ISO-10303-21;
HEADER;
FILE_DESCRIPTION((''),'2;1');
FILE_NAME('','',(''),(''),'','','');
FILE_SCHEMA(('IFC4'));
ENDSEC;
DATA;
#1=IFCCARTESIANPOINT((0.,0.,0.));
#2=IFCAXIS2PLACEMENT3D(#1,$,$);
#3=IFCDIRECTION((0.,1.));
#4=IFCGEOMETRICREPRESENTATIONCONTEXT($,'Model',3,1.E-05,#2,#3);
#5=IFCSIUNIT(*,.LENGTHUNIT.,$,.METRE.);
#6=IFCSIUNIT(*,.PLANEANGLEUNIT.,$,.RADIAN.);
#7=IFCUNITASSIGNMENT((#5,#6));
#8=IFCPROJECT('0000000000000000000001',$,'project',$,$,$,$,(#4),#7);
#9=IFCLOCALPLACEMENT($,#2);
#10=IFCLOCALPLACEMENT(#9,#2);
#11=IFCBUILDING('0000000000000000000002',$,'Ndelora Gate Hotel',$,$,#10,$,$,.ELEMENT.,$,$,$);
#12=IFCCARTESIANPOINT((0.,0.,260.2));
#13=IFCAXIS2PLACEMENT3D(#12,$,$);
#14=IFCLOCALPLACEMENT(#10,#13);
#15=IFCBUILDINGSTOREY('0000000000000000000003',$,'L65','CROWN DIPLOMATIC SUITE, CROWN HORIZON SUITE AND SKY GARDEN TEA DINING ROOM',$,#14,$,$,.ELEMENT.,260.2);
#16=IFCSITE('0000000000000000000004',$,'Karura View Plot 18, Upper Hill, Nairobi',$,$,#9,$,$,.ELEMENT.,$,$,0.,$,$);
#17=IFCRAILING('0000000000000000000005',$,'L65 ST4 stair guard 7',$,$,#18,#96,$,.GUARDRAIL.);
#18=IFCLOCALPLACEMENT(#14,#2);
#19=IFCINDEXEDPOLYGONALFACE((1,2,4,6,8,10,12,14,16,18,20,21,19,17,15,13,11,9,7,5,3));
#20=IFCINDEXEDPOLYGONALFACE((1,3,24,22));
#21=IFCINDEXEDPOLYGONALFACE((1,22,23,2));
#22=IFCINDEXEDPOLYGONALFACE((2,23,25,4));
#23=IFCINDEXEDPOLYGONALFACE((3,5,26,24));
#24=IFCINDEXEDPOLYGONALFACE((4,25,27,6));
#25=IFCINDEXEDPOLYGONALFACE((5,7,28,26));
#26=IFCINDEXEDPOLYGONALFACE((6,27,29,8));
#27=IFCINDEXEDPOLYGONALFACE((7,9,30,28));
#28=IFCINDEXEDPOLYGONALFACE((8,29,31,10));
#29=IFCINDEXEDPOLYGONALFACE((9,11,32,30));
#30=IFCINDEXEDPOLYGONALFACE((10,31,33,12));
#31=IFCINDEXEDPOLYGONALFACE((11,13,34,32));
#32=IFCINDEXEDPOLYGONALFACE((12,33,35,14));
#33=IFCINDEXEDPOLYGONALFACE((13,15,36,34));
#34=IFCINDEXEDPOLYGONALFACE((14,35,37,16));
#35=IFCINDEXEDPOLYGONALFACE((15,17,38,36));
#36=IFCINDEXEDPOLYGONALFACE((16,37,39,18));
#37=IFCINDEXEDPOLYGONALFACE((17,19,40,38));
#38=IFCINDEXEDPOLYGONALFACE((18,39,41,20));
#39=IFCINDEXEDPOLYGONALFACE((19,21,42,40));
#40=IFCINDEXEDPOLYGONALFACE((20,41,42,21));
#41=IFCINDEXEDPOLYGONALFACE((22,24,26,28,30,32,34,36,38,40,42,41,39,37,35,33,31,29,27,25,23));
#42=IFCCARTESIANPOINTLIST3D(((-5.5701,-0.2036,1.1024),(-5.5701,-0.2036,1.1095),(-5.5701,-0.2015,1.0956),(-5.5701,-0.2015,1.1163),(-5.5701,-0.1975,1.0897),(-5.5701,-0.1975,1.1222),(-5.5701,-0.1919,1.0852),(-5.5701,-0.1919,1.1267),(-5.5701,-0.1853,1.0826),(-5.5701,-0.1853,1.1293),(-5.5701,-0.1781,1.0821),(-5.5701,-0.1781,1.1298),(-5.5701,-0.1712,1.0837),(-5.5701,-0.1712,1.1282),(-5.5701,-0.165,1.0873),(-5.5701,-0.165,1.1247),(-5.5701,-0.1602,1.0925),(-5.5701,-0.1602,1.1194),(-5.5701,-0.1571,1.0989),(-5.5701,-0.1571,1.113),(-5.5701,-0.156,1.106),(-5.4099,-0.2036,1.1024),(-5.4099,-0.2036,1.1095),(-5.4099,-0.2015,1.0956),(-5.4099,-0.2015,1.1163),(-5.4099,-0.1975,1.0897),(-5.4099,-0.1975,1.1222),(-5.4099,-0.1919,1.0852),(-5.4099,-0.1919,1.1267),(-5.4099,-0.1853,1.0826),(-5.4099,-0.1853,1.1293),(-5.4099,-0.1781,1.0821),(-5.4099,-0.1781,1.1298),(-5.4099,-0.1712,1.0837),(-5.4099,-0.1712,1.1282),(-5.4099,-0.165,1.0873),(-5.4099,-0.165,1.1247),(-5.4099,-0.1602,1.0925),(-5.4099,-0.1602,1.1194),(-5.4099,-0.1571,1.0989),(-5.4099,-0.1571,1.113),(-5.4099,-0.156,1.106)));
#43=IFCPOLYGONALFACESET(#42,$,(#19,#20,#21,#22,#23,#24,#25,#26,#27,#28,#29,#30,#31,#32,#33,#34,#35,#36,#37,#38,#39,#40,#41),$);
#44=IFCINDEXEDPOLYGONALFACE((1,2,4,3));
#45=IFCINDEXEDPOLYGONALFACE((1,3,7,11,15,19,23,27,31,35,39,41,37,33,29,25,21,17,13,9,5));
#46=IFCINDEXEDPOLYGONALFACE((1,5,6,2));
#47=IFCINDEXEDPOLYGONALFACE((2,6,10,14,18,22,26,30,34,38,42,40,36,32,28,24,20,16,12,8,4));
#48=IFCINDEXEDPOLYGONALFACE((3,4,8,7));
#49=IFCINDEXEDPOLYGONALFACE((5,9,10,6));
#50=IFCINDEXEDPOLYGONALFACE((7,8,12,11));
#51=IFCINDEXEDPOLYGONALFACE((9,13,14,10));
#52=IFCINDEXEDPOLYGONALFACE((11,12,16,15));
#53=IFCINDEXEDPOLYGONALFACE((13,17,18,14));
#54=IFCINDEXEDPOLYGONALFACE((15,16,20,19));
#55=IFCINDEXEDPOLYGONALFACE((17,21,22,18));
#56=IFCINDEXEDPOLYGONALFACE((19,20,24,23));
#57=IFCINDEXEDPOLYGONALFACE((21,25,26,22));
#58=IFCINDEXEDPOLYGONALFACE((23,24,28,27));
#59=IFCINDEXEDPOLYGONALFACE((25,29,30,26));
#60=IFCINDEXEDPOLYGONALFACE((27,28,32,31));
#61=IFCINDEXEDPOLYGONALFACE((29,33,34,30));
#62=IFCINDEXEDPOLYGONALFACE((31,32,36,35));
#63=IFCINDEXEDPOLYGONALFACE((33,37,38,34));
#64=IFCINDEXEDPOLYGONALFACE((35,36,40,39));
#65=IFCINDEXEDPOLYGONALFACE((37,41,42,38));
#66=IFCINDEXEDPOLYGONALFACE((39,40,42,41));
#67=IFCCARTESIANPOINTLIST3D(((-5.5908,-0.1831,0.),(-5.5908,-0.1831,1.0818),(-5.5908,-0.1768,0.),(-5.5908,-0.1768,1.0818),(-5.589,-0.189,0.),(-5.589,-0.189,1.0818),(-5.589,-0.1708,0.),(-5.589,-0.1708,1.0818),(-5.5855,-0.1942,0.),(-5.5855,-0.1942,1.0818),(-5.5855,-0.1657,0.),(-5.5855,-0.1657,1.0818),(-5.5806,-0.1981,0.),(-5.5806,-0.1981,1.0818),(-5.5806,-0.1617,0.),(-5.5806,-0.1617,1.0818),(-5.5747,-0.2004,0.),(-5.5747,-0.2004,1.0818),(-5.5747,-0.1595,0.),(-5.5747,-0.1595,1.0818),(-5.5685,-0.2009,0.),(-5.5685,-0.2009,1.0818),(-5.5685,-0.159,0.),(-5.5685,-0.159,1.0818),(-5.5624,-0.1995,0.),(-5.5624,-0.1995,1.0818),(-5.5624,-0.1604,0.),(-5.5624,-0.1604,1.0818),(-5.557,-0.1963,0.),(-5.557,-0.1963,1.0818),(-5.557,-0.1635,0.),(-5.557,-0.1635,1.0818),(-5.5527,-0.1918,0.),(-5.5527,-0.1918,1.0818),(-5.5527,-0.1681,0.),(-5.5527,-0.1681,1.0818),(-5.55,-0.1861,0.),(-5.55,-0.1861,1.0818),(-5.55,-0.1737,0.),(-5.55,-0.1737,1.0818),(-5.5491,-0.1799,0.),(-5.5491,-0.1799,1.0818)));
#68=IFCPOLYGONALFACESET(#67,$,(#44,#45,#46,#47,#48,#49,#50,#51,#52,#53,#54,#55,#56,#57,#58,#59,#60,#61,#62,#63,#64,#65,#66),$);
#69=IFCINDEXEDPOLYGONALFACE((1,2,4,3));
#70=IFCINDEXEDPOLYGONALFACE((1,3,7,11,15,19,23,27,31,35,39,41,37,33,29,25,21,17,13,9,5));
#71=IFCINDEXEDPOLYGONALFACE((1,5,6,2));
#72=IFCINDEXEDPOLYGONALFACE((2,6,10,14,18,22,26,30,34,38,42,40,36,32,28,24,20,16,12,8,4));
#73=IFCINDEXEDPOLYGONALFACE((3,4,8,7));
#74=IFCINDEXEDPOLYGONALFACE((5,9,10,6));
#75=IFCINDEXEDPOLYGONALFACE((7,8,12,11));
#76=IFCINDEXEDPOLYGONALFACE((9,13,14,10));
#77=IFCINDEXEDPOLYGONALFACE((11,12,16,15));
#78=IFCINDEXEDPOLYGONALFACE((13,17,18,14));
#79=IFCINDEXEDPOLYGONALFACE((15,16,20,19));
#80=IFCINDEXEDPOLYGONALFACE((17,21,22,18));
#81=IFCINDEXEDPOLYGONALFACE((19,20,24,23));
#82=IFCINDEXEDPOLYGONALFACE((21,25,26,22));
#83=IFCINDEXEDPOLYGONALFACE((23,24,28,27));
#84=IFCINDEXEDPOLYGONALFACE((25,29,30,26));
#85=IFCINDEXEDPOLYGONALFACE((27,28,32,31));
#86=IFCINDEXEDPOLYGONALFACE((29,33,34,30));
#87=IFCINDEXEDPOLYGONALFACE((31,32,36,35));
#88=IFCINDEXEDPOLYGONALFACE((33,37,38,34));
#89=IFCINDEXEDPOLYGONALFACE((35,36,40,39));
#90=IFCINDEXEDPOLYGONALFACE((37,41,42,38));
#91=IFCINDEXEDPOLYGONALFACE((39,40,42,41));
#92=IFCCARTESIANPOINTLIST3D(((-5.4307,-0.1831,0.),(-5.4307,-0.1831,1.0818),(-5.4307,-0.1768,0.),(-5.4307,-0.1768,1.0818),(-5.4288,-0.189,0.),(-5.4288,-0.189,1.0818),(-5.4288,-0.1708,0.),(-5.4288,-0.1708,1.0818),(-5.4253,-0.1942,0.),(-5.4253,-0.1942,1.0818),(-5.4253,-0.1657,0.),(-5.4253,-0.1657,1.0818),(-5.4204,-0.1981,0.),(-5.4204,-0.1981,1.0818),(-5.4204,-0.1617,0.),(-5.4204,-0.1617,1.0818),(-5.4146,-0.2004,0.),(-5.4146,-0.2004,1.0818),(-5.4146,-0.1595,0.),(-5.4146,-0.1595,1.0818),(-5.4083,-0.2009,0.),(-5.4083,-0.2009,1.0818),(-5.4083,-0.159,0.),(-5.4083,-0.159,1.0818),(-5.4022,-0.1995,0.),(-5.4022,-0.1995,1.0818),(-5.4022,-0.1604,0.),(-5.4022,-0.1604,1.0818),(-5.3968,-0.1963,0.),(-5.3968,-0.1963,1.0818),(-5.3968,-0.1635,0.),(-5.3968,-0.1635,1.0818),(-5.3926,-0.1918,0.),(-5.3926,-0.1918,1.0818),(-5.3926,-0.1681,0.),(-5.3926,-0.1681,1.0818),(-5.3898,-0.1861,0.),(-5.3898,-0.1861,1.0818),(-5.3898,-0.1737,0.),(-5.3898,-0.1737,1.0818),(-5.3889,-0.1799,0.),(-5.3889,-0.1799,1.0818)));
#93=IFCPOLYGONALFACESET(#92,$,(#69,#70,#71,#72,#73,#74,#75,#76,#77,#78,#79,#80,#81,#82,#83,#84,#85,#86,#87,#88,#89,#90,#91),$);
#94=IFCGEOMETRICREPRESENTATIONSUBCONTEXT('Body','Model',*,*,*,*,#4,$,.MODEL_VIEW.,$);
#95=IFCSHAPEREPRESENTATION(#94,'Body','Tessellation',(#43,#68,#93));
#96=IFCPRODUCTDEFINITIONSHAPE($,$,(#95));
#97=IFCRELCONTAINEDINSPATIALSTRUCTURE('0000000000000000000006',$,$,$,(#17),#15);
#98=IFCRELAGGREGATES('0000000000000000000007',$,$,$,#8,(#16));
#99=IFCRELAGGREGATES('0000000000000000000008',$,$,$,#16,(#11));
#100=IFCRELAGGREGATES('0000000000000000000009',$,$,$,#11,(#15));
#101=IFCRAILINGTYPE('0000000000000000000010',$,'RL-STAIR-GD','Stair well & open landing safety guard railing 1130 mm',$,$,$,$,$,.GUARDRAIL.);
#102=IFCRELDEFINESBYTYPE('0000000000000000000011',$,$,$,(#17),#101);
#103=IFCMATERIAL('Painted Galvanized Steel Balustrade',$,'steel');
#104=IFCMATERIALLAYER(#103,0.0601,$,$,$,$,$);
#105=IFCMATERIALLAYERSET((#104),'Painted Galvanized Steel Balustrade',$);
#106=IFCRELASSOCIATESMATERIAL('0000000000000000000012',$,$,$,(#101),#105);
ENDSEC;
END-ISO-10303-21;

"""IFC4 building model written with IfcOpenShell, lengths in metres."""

from ifc_helpers import new_model, si_unit, direction, frame, origin, origin_2d, place, context, subcontext, project, spatial, circle, extrude, material, layer, layer_set, type_object, element, save


model = new_model("IFC4")

# Units and contexts
model_context = context("Model", 3, precision=1e-05, world=origin(), true_north=direction((0.0, 1.0)))
body_context = subcontext(model_context, "Body", "Model", "MODEL_VIEW")
ifc_project = project(units=[si_unit("LENGTHUNIT", "METRE"), si_unit("PLANEANGLEUNIT", "RADIAN")], contexts=[model_context])

# Site, building, storey
site_placement = place(None, origin())
site = spatial("IfcSite", under=ifc_project, at=site_placement, Name="Karura View Plot 18, Upper Hill, Nairobi", CompositionType="ELEMENT", RefElevation=0.0)
building_placement = place(site_placement, origin())
building = spatial("IfcBuilding", under=site, at=building_placement, Name="Ndelora Gate Hotel", CompositionType="ELEMENT")
storey_placement = place(building_placement, frame((0.0, 0.0, 260.2)))
storey = spatial("IfcBuildingStorey", under=building, at=storey_placement, Name="L65", Description="CROWN DIPLOMATIC SUITE, CROWN HORIZON SUITE AND SKY GARDEN TEA DINING ROOM", CompositionType="ELEMENT", Elevation=260.2)

# Railing
ifc_material_1 = material(Name="Painted Galvanized Steel Balustrade", Category="steel")
ifc_layer_1 = layer(ifc_material_1, 0.0601)
ifc_layer_set_1 = layer_set([ifc_layer_1], Name="Painted Galvanized Steel Balustrade")
railing_type_1 = type_object("IfcRailingType", Name="RL-STAIR-GD", Description="Stair well & open landing safety guard railing 1130 mm", PredefinedType="GUARDRAIL", material=ifc_layer_set_1)
railing_1_placement = place(storey_placement, frame((-5.5701, -0.1799, 0.0)))
element("IfcRailing", 1, at=railing_1_placement, inside=storey, type_object=railing_type_1, Name="L65 ST4 stair guard 7", PredefinedType="GUARDRAIL", context=body_context, shape_type="SweptSolid", body=[
    extrude(circle(Radius=0.0239, at=origin_2d()), frame((0.0, 0.0, 1.106), z_axis=(1.0, 0.0, 0.0), x_axis=(0.0, 1.0, 0.0)), (0.0, 0.0, 1.0), 0.1602),
    extrude(circle(Radius=0.021, at=origin_2d()), origin(), (0.0, 0.0, 1.0), 1.0818),
    extrude(circle(Radius=0.021, at=origin_2d()), frame((0.1602, 0.0, 0.0)), (0.0, 0.0, 1.0), 1.0818),
])

save(model, "model.ifc")
